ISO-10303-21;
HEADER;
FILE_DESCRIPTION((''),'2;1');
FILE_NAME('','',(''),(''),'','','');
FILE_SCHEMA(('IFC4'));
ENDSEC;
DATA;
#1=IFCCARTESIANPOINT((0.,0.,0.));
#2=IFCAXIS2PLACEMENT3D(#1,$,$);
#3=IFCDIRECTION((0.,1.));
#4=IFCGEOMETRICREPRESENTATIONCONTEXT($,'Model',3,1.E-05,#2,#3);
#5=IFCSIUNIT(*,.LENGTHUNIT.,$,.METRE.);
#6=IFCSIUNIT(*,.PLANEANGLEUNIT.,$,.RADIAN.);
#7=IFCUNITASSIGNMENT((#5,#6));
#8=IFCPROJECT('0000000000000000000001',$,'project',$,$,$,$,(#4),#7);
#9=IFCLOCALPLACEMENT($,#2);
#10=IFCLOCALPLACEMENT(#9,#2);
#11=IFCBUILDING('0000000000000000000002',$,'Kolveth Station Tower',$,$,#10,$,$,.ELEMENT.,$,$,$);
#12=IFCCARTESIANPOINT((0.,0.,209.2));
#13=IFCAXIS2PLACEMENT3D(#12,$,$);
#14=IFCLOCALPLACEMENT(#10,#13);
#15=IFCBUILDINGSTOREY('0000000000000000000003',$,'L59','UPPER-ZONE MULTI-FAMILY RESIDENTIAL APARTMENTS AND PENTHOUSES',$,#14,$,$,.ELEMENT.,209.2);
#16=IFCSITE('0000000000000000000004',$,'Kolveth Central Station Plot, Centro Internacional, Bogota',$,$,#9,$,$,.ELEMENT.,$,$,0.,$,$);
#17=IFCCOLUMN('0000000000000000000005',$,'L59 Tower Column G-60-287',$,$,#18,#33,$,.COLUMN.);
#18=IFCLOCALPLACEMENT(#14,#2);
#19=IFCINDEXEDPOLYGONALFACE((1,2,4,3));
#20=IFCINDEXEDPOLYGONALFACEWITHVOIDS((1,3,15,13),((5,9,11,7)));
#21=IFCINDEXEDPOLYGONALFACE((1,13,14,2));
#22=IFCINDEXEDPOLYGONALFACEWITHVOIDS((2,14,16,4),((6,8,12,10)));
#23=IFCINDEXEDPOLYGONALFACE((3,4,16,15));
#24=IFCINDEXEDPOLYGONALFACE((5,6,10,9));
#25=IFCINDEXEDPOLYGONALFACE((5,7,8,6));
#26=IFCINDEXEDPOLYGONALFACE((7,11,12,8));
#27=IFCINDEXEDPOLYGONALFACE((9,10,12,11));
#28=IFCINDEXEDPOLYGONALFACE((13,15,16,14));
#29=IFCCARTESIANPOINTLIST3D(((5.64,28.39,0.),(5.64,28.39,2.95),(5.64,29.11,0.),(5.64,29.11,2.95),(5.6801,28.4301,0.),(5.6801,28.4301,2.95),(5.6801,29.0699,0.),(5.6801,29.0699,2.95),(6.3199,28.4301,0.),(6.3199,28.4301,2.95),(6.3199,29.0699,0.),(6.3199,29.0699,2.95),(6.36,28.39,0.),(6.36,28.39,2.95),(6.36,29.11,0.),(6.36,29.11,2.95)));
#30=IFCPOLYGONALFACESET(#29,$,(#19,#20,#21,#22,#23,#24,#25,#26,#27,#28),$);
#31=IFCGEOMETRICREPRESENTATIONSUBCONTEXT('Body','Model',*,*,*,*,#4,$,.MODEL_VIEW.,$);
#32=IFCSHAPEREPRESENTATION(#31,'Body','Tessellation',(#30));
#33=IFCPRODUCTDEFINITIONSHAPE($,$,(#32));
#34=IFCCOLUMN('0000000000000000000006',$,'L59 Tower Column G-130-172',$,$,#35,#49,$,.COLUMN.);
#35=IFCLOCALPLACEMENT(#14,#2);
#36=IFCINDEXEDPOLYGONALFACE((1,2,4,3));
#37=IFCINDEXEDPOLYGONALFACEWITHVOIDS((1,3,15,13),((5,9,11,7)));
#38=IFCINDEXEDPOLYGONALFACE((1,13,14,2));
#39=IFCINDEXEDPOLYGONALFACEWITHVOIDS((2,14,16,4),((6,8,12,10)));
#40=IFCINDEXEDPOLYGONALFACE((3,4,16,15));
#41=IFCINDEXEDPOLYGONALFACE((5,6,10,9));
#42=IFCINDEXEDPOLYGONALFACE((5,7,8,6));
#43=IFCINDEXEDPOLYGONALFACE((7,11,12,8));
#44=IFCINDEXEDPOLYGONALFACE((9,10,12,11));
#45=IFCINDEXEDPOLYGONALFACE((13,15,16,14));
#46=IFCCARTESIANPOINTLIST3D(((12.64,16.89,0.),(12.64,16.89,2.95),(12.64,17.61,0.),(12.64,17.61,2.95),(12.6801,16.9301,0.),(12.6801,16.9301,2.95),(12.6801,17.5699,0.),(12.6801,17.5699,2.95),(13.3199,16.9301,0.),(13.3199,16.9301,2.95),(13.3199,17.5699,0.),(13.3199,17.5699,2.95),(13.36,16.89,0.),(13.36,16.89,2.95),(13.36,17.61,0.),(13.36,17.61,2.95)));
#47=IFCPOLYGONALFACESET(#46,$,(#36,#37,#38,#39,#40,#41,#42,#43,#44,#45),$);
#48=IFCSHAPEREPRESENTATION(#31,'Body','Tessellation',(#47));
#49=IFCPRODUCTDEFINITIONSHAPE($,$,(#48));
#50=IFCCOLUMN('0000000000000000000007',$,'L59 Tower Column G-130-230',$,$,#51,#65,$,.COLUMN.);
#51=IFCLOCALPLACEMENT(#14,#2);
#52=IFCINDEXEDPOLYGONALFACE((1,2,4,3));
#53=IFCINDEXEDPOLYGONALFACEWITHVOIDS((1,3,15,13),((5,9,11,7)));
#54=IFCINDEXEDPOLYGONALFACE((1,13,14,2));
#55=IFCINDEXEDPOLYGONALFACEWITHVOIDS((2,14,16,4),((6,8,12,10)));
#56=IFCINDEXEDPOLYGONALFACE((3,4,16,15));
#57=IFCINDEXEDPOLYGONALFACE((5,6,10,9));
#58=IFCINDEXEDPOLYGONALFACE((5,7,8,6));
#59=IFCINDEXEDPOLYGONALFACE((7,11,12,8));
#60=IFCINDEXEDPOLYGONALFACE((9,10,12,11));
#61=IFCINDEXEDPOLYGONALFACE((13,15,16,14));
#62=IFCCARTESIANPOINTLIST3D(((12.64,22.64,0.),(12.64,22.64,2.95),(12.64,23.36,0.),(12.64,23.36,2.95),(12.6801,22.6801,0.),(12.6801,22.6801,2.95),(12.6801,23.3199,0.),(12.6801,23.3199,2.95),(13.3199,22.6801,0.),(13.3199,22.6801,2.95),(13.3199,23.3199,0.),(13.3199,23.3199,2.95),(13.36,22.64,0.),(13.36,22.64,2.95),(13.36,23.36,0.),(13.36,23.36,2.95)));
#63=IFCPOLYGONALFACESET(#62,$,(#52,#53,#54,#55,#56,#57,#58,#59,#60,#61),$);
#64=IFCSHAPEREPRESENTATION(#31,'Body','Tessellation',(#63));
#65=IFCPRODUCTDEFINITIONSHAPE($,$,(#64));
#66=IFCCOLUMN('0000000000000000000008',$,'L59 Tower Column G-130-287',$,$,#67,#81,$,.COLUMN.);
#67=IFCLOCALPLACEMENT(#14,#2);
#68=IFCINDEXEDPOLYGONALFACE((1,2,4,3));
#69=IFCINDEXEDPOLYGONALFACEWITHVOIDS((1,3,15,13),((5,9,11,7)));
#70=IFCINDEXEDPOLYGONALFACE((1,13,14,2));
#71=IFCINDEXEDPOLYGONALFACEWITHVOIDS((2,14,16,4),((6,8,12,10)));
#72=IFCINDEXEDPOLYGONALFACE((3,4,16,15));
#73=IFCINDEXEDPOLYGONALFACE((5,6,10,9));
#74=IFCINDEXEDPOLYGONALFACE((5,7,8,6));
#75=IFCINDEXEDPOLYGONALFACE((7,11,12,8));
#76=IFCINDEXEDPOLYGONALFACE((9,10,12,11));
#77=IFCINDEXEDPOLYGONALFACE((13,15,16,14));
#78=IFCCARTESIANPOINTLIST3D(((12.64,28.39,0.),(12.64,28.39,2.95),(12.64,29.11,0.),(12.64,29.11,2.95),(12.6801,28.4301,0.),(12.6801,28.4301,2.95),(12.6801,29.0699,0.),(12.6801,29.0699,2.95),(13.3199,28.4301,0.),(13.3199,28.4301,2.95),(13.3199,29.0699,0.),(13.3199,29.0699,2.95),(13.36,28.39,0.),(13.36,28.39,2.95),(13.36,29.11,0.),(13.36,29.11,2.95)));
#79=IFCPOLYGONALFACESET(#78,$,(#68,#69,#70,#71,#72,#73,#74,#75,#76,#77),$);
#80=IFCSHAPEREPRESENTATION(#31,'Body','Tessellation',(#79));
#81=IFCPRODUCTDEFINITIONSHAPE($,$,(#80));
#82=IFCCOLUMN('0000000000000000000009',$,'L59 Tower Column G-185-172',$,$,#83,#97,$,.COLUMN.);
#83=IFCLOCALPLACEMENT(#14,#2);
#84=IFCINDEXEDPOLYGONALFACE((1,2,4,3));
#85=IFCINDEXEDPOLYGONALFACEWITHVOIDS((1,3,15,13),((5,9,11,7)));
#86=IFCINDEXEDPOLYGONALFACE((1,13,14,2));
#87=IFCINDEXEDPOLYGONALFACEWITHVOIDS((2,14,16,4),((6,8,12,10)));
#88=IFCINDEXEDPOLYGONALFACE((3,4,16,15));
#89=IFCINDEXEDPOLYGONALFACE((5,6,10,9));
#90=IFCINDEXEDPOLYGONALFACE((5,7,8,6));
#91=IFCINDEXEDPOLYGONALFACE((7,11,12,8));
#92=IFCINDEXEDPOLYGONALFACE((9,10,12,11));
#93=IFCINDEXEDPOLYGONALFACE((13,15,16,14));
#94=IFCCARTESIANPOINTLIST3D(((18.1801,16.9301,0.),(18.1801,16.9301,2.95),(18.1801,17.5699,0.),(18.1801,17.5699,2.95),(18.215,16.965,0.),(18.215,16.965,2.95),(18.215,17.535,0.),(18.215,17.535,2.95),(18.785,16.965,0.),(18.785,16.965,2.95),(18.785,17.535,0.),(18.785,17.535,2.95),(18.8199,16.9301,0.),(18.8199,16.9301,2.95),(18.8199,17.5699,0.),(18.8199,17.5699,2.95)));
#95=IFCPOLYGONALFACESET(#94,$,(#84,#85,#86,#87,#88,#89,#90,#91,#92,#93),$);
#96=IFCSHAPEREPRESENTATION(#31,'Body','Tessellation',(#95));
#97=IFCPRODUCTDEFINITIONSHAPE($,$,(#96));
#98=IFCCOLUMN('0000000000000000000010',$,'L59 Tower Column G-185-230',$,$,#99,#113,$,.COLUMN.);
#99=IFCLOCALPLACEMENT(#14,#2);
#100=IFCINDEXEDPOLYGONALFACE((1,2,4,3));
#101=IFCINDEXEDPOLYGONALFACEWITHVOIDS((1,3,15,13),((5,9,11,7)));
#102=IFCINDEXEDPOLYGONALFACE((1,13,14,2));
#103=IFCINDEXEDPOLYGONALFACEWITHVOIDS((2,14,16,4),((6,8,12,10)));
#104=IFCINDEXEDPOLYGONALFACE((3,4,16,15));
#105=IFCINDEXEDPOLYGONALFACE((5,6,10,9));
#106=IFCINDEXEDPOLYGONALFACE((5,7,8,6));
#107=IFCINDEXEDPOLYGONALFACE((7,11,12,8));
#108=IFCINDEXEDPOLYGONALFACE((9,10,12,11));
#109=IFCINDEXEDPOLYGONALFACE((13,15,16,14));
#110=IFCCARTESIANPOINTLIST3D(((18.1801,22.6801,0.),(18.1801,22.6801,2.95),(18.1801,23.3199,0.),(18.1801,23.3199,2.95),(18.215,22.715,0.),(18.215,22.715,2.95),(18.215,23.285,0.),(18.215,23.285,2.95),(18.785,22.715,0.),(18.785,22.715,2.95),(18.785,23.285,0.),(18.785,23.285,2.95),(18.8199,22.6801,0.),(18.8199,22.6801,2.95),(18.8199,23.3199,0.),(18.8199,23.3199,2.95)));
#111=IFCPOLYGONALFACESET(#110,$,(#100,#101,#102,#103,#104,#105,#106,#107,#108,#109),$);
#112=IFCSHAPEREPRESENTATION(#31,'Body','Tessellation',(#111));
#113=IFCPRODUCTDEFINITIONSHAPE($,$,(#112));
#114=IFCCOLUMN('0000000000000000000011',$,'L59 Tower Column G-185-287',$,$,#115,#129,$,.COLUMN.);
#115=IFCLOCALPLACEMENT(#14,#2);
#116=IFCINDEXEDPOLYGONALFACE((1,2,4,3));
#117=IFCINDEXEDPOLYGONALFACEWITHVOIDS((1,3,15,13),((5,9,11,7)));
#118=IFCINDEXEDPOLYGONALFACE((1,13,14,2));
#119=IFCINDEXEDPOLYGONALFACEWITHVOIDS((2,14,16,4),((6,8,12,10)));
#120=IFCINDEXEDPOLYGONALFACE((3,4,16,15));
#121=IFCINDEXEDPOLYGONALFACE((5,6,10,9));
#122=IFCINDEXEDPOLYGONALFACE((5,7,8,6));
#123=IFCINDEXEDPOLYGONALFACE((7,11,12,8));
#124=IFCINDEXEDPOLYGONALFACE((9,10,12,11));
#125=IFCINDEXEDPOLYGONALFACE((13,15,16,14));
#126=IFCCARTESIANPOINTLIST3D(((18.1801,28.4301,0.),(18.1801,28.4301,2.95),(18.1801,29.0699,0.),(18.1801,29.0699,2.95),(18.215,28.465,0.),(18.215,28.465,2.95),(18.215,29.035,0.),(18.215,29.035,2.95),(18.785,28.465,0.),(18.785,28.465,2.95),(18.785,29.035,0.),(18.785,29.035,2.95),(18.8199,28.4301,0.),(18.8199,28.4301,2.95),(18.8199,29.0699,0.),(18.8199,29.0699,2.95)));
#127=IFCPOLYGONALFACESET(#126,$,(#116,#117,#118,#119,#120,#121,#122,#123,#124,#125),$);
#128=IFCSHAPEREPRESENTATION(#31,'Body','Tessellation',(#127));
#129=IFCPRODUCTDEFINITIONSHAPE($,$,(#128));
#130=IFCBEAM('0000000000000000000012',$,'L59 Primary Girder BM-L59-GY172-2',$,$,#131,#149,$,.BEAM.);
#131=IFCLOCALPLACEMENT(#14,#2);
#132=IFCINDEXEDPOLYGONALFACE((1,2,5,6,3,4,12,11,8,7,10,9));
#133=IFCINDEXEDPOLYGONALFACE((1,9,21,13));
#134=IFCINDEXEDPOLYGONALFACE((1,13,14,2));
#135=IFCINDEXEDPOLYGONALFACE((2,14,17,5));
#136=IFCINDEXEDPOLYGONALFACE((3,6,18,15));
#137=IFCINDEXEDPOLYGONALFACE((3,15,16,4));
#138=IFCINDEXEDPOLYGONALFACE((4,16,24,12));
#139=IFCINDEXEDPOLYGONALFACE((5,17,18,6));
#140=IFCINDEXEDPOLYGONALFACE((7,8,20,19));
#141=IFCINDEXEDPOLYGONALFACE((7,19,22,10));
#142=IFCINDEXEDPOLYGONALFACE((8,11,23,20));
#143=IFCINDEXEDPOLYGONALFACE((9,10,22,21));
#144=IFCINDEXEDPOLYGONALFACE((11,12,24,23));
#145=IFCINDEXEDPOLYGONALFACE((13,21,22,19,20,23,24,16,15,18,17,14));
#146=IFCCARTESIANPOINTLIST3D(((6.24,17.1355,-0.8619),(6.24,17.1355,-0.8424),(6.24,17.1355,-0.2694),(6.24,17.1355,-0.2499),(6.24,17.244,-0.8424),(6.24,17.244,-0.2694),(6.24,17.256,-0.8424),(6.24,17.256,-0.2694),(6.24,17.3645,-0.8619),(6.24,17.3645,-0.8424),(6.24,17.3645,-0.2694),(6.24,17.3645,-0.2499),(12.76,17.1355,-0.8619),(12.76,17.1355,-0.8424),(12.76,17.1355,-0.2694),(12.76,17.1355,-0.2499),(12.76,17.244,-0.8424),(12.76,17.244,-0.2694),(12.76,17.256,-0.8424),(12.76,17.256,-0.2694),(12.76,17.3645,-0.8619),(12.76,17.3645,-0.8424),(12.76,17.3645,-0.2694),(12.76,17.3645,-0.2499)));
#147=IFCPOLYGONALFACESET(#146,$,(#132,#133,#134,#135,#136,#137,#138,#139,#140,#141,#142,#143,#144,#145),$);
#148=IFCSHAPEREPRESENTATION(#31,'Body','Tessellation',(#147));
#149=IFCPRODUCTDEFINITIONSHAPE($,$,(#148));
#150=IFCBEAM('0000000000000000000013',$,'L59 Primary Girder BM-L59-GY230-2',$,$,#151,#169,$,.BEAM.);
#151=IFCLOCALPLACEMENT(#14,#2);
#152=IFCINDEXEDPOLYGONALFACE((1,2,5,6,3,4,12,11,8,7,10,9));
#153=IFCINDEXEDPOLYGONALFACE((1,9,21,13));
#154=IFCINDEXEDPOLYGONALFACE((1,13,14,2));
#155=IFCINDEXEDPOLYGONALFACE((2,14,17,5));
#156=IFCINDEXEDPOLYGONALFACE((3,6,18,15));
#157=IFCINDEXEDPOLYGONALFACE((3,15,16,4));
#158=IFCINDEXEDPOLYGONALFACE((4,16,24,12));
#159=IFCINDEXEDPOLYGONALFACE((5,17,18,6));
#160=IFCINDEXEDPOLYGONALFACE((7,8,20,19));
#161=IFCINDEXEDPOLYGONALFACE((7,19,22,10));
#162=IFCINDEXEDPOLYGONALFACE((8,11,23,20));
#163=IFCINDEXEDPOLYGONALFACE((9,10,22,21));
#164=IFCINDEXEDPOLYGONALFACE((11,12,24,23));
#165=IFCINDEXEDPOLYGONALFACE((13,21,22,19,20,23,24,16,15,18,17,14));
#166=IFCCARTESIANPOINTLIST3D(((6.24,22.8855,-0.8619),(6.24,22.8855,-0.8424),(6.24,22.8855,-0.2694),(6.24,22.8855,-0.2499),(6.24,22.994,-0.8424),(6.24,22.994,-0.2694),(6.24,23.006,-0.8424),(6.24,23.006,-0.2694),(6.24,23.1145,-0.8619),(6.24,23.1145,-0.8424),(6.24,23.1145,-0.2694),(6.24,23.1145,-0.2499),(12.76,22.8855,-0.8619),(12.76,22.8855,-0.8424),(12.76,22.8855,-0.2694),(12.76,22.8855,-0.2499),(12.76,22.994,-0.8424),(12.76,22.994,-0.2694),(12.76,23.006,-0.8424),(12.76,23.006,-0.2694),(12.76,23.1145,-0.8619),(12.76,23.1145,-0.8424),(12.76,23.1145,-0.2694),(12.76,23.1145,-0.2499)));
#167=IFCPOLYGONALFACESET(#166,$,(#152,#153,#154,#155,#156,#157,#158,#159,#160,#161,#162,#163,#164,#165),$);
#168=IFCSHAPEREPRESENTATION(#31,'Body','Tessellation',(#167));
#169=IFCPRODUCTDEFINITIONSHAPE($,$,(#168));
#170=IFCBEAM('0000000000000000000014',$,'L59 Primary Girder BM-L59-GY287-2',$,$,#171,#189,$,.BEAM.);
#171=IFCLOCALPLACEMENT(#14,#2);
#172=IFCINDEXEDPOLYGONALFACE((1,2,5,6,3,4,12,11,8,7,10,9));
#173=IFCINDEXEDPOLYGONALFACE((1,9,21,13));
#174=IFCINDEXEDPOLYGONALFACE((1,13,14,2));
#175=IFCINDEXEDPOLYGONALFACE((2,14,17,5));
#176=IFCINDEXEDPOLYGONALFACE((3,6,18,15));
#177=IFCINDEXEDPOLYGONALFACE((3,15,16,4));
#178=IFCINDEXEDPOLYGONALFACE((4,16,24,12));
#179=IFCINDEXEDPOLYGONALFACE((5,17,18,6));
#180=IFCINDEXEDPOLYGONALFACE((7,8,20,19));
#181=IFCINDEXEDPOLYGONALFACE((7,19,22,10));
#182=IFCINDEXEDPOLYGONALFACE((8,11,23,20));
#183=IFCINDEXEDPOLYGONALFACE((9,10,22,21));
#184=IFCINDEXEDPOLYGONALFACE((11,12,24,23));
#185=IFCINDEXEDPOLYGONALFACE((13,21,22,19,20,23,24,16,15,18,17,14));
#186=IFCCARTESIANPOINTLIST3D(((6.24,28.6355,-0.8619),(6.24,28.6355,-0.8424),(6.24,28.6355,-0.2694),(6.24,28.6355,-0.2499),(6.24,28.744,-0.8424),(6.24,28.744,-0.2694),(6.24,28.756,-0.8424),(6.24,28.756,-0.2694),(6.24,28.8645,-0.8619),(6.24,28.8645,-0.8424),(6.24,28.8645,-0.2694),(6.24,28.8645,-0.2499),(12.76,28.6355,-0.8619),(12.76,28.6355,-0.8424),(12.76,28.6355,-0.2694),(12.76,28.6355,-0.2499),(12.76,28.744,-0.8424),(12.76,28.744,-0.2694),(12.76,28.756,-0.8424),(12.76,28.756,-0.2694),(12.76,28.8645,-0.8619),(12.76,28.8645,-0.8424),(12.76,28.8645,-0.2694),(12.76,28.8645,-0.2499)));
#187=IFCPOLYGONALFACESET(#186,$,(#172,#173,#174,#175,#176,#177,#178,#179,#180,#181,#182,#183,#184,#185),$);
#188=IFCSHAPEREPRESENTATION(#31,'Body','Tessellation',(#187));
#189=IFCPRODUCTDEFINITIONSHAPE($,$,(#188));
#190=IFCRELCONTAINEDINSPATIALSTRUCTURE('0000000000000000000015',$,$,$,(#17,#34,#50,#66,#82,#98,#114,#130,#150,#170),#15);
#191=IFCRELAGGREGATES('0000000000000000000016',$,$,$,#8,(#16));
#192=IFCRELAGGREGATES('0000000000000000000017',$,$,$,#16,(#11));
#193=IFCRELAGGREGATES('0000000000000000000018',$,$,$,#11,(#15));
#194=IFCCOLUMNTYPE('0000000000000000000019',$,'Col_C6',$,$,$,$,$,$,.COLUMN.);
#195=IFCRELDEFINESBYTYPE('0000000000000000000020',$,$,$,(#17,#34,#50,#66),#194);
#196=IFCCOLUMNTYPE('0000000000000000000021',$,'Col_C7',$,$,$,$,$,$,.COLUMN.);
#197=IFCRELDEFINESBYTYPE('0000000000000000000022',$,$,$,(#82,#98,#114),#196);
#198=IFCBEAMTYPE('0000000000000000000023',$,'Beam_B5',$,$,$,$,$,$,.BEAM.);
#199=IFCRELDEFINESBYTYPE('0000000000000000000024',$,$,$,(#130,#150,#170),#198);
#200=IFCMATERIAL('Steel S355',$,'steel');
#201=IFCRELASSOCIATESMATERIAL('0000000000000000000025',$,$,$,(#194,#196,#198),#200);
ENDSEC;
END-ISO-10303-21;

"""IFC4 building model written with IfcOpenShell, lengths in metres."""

from ifc_helpers import new_model, si_unit, direction, frame, origin, origin_2d, place, context, subcontext, project, spatial, hollow_rectangle, i_section, extrude, source, transform, mapped, material, material_profile, profile_set, type_object, element, save


model = new_model("IFC4")

# Units and contexts
model_context = context("Model", 3, precision=1e-05, world=origin(), true_north=direction((0.0, 1.0)))
body_context = subcontext(model_context, "Body", "Model", "MODEL_VIEW")
ifc_project = project(units=[si_unit("LENGTHUNIT", "METRE"), si_unit("PLANEANGLEUNIT", "RADIAN")], contexts=[model_context])

# Site, building, storey
site_placement = place(None, origin())
site = spatial("IfcSite", under=ifc_project, at=site_placement, Name="Kolveth Central Station Plot, Centro Internacional, Bogota", CompositionType="ELEMENT", RefElevation=0.0)
building_placement = place(site_placement, origin())
building = spatial("IfcBuilding", under=site, at=building_placement, Name="Kolveth Station Tower", CompositionType="ELEMENT")
storey_placement = place(building_placement, frame((0.0, 0.0, 209.2)))
storey = spatial("IfcBuildingStorey", under=building, at=storey_placement, Name="L59", Description="UPPER-ZONE MULTI-FAMILY RESIDENTIAL APARTMENTS AND PENTHOUSES", CompositionType="ELEMENT", Elevation=209.2)

# Columns
ifc_material_1 = material(Name="Steel S355", Category="steel")
ifc_material_profile_1 = material_profile(ifc_material_1, hollow_rectangle(XDim=0.72, YDim=0.72, WallThickness=0.04, at=origin_2d()), Name="BOX720x720x40")
ifc_profile_set_1 = profile_set([ifc_material_profile_1], Name="Steel S355")
column_type_1 = type_object("IfcColumnType", Name="Col_C6", PredefinedType="COLUMN", material=ifc_profile_set_1)
shared_shape_1 = source(origin(), body_context, "Body", "SweptSolid", [
    extrude(hollow_rectangle(XDim=0.72, YDim=0.72, WallThickness=0.04, at=origin_2d()), origin(), (0.0, 0.0, 1.0), 2.95),
])
for number, where, z_axis, x_axis, name in (
    (1, (6.0, 28.75, 0.0), (0.0, 0.0, 1.0), (1.0, 0.0, 0.0), "L59 Tower Column G-60-287"),
    (2, (13.0, 17.25, 0.0), (0.0, 0.0, 1.0), (1.0, 0.0, 0.0), "L59 Tower Column G-130-172"),
    (3, (13.0, 23.0, 0.0), (0.0, 0.0, 1.0), (1.0, 0.0, 0.0), "L59 Tower Column G-130-230"),
    (4, (13.0, 28.75, 0.0), (0.0, 0.0, 1.0), (1.0, 0.0, 0.0), "L59 Tower Column G-130-287"),
):
    element("IfcColumn", number, at=place(storey_placement, frame(where, z_axis=z_axis, x_axis=x_axis)), inside=storey, type_object=column_type_1, Name=name, PredefinedType="COLUMN", context=body_context, shape_type="MappedRepresentation", body=[
        mapped(shared_shape_1, transform((0.0, 0.0, 0.0), x_axis=(1.0, 0.0, 0.0), y_axis=(0.0, 1.0, 0.0), z_axis=(0.0, 0.0, 1.0), scale=1.0)),
    ])
ifc_material_profile_2 = material_profile(ifc_material_1, hollow_rectangle(XDim=0.6399, YDim=0.6399, WallThickness=0.0349, at=origin_2d()), Name="BOX640x640x35")
ifc_profile_set_2 = profile_set([ifc_material_profile_2], Name="Steel S355")
column_type_2 = type_object("IfcColumnType", Name="Col_C7", PredefinedType="COLUMN", material=ifc_profile_set_2)
shared_shape_2 = source(origin(), body_context, "Body", "SweptSolid", [
    extrude(hollow_rectangle(XDim=0.6399, YDim=0.6399, WallThickness=0.0349, at=origin_2d()), origin(), (0.0, 0.0, 1.0), 2.95),
])
for number, where, z_axis, x_axis, name in (
    (5, (18.5, 17.25, 0.0), (0.0, 0.0, 1.0), (1.0, 0.0, 0.0), "L59 Tower Column G-185-172"),
    (6, (18.5, 23.0, 0.0), (0.0, 0.0, 1.0), (1.0, 0.0, 0.0), "L59 Tower Column G-185-230"),
    (7, (18.5, 28.75, 0.0), (0.0, 0.0, 1.0), (1.0, 0.0, 0.0), "L59 Tower Column G-185-287"),
):
    element("IfcColumn", number, at=place(storey_placement, frame(where, z_axis=z_axis, x_axis=x_axis)), inside=storey, type_object=column_type_2, Name=name, PredefinedType="COLUMN", context=body_context, shape_type="MappedRepresentation", body=[
        mapped(shared_shape_2, transform((0.0, 0.0, 0.0), x_axis=(1.0, 0.0, 0.0), y_axis=(0.0, 1.0, 0.0), z_axis=(0.0, 0.0, 1.0), scale=1.0)),
    ])

# Beams
ifc_material_profile_3 = material_profile(ifc_material_1, i_section(OverallWidth=0.229, OverallDepth=0.6121, WebThickness=0.012, FlangeThickness=0.0195, at=origin_2d()), Name="W610x125")
ifc_profile_set_3 = profile_set([ifc_material_profile_3], Name="Steel S355")
beam_type_1 = type_object("IfcBeamType", Name="Beam_B5", PredefinedType="BEAM", material=ifc_profile_set_3)
shared_shape_3 = source(origin(), body_context, "Body", "SweptSolid", [
    extrude(i_section(OverallWidth=0.229, OverallDepth=0.6121, WebThickness=0.012, FlangeThickness=0.0195, at=origin_2d()), origin(), (0.0, 0.0, 1.0), 6.52),
])
for number, where, z_axis, x_axis, name in (
    (8, (6.24, 17.25, -0.5559), (1.0, 0.0, 0.0), (0.0, 1.0, 0.0), "L59 Primary Girder BM-L59-GY172-2"),
    (9, (6.24, 23.0, -0.5559), (1.0, 0.0, 0.0), (0.0, 1.0, 0.0), "L59 Primary Girder BM-L59-GY230-2"),
    (10, (6.24, 28.75, -0.5559), (1.0, 0.0, 0.0), (0.0, 1.0, 0.0), "L59 Primary Girder BM-L59-GY287-2"),
):
    element("IfcBeam", number, at=place(storey_placement, frame(where, z_axis=z_axis, x_axis=x_axis)), inside=storey, type_object=beam_type_1, Name=name, PredefinedType="BEAM", context=body_context, shape_type="MappedRepresentation", body=[
        mapped(shared_shape_3, transform((0.0, 0.0, 0.0), x_axis=(1.0, 0.0, 0.0), y_axis=(0.0, 1.0, 0.0), z_axis=(0.0, 0.0, 1.0), scale=1.0)),
    ])

save(model, "model.ifc")
